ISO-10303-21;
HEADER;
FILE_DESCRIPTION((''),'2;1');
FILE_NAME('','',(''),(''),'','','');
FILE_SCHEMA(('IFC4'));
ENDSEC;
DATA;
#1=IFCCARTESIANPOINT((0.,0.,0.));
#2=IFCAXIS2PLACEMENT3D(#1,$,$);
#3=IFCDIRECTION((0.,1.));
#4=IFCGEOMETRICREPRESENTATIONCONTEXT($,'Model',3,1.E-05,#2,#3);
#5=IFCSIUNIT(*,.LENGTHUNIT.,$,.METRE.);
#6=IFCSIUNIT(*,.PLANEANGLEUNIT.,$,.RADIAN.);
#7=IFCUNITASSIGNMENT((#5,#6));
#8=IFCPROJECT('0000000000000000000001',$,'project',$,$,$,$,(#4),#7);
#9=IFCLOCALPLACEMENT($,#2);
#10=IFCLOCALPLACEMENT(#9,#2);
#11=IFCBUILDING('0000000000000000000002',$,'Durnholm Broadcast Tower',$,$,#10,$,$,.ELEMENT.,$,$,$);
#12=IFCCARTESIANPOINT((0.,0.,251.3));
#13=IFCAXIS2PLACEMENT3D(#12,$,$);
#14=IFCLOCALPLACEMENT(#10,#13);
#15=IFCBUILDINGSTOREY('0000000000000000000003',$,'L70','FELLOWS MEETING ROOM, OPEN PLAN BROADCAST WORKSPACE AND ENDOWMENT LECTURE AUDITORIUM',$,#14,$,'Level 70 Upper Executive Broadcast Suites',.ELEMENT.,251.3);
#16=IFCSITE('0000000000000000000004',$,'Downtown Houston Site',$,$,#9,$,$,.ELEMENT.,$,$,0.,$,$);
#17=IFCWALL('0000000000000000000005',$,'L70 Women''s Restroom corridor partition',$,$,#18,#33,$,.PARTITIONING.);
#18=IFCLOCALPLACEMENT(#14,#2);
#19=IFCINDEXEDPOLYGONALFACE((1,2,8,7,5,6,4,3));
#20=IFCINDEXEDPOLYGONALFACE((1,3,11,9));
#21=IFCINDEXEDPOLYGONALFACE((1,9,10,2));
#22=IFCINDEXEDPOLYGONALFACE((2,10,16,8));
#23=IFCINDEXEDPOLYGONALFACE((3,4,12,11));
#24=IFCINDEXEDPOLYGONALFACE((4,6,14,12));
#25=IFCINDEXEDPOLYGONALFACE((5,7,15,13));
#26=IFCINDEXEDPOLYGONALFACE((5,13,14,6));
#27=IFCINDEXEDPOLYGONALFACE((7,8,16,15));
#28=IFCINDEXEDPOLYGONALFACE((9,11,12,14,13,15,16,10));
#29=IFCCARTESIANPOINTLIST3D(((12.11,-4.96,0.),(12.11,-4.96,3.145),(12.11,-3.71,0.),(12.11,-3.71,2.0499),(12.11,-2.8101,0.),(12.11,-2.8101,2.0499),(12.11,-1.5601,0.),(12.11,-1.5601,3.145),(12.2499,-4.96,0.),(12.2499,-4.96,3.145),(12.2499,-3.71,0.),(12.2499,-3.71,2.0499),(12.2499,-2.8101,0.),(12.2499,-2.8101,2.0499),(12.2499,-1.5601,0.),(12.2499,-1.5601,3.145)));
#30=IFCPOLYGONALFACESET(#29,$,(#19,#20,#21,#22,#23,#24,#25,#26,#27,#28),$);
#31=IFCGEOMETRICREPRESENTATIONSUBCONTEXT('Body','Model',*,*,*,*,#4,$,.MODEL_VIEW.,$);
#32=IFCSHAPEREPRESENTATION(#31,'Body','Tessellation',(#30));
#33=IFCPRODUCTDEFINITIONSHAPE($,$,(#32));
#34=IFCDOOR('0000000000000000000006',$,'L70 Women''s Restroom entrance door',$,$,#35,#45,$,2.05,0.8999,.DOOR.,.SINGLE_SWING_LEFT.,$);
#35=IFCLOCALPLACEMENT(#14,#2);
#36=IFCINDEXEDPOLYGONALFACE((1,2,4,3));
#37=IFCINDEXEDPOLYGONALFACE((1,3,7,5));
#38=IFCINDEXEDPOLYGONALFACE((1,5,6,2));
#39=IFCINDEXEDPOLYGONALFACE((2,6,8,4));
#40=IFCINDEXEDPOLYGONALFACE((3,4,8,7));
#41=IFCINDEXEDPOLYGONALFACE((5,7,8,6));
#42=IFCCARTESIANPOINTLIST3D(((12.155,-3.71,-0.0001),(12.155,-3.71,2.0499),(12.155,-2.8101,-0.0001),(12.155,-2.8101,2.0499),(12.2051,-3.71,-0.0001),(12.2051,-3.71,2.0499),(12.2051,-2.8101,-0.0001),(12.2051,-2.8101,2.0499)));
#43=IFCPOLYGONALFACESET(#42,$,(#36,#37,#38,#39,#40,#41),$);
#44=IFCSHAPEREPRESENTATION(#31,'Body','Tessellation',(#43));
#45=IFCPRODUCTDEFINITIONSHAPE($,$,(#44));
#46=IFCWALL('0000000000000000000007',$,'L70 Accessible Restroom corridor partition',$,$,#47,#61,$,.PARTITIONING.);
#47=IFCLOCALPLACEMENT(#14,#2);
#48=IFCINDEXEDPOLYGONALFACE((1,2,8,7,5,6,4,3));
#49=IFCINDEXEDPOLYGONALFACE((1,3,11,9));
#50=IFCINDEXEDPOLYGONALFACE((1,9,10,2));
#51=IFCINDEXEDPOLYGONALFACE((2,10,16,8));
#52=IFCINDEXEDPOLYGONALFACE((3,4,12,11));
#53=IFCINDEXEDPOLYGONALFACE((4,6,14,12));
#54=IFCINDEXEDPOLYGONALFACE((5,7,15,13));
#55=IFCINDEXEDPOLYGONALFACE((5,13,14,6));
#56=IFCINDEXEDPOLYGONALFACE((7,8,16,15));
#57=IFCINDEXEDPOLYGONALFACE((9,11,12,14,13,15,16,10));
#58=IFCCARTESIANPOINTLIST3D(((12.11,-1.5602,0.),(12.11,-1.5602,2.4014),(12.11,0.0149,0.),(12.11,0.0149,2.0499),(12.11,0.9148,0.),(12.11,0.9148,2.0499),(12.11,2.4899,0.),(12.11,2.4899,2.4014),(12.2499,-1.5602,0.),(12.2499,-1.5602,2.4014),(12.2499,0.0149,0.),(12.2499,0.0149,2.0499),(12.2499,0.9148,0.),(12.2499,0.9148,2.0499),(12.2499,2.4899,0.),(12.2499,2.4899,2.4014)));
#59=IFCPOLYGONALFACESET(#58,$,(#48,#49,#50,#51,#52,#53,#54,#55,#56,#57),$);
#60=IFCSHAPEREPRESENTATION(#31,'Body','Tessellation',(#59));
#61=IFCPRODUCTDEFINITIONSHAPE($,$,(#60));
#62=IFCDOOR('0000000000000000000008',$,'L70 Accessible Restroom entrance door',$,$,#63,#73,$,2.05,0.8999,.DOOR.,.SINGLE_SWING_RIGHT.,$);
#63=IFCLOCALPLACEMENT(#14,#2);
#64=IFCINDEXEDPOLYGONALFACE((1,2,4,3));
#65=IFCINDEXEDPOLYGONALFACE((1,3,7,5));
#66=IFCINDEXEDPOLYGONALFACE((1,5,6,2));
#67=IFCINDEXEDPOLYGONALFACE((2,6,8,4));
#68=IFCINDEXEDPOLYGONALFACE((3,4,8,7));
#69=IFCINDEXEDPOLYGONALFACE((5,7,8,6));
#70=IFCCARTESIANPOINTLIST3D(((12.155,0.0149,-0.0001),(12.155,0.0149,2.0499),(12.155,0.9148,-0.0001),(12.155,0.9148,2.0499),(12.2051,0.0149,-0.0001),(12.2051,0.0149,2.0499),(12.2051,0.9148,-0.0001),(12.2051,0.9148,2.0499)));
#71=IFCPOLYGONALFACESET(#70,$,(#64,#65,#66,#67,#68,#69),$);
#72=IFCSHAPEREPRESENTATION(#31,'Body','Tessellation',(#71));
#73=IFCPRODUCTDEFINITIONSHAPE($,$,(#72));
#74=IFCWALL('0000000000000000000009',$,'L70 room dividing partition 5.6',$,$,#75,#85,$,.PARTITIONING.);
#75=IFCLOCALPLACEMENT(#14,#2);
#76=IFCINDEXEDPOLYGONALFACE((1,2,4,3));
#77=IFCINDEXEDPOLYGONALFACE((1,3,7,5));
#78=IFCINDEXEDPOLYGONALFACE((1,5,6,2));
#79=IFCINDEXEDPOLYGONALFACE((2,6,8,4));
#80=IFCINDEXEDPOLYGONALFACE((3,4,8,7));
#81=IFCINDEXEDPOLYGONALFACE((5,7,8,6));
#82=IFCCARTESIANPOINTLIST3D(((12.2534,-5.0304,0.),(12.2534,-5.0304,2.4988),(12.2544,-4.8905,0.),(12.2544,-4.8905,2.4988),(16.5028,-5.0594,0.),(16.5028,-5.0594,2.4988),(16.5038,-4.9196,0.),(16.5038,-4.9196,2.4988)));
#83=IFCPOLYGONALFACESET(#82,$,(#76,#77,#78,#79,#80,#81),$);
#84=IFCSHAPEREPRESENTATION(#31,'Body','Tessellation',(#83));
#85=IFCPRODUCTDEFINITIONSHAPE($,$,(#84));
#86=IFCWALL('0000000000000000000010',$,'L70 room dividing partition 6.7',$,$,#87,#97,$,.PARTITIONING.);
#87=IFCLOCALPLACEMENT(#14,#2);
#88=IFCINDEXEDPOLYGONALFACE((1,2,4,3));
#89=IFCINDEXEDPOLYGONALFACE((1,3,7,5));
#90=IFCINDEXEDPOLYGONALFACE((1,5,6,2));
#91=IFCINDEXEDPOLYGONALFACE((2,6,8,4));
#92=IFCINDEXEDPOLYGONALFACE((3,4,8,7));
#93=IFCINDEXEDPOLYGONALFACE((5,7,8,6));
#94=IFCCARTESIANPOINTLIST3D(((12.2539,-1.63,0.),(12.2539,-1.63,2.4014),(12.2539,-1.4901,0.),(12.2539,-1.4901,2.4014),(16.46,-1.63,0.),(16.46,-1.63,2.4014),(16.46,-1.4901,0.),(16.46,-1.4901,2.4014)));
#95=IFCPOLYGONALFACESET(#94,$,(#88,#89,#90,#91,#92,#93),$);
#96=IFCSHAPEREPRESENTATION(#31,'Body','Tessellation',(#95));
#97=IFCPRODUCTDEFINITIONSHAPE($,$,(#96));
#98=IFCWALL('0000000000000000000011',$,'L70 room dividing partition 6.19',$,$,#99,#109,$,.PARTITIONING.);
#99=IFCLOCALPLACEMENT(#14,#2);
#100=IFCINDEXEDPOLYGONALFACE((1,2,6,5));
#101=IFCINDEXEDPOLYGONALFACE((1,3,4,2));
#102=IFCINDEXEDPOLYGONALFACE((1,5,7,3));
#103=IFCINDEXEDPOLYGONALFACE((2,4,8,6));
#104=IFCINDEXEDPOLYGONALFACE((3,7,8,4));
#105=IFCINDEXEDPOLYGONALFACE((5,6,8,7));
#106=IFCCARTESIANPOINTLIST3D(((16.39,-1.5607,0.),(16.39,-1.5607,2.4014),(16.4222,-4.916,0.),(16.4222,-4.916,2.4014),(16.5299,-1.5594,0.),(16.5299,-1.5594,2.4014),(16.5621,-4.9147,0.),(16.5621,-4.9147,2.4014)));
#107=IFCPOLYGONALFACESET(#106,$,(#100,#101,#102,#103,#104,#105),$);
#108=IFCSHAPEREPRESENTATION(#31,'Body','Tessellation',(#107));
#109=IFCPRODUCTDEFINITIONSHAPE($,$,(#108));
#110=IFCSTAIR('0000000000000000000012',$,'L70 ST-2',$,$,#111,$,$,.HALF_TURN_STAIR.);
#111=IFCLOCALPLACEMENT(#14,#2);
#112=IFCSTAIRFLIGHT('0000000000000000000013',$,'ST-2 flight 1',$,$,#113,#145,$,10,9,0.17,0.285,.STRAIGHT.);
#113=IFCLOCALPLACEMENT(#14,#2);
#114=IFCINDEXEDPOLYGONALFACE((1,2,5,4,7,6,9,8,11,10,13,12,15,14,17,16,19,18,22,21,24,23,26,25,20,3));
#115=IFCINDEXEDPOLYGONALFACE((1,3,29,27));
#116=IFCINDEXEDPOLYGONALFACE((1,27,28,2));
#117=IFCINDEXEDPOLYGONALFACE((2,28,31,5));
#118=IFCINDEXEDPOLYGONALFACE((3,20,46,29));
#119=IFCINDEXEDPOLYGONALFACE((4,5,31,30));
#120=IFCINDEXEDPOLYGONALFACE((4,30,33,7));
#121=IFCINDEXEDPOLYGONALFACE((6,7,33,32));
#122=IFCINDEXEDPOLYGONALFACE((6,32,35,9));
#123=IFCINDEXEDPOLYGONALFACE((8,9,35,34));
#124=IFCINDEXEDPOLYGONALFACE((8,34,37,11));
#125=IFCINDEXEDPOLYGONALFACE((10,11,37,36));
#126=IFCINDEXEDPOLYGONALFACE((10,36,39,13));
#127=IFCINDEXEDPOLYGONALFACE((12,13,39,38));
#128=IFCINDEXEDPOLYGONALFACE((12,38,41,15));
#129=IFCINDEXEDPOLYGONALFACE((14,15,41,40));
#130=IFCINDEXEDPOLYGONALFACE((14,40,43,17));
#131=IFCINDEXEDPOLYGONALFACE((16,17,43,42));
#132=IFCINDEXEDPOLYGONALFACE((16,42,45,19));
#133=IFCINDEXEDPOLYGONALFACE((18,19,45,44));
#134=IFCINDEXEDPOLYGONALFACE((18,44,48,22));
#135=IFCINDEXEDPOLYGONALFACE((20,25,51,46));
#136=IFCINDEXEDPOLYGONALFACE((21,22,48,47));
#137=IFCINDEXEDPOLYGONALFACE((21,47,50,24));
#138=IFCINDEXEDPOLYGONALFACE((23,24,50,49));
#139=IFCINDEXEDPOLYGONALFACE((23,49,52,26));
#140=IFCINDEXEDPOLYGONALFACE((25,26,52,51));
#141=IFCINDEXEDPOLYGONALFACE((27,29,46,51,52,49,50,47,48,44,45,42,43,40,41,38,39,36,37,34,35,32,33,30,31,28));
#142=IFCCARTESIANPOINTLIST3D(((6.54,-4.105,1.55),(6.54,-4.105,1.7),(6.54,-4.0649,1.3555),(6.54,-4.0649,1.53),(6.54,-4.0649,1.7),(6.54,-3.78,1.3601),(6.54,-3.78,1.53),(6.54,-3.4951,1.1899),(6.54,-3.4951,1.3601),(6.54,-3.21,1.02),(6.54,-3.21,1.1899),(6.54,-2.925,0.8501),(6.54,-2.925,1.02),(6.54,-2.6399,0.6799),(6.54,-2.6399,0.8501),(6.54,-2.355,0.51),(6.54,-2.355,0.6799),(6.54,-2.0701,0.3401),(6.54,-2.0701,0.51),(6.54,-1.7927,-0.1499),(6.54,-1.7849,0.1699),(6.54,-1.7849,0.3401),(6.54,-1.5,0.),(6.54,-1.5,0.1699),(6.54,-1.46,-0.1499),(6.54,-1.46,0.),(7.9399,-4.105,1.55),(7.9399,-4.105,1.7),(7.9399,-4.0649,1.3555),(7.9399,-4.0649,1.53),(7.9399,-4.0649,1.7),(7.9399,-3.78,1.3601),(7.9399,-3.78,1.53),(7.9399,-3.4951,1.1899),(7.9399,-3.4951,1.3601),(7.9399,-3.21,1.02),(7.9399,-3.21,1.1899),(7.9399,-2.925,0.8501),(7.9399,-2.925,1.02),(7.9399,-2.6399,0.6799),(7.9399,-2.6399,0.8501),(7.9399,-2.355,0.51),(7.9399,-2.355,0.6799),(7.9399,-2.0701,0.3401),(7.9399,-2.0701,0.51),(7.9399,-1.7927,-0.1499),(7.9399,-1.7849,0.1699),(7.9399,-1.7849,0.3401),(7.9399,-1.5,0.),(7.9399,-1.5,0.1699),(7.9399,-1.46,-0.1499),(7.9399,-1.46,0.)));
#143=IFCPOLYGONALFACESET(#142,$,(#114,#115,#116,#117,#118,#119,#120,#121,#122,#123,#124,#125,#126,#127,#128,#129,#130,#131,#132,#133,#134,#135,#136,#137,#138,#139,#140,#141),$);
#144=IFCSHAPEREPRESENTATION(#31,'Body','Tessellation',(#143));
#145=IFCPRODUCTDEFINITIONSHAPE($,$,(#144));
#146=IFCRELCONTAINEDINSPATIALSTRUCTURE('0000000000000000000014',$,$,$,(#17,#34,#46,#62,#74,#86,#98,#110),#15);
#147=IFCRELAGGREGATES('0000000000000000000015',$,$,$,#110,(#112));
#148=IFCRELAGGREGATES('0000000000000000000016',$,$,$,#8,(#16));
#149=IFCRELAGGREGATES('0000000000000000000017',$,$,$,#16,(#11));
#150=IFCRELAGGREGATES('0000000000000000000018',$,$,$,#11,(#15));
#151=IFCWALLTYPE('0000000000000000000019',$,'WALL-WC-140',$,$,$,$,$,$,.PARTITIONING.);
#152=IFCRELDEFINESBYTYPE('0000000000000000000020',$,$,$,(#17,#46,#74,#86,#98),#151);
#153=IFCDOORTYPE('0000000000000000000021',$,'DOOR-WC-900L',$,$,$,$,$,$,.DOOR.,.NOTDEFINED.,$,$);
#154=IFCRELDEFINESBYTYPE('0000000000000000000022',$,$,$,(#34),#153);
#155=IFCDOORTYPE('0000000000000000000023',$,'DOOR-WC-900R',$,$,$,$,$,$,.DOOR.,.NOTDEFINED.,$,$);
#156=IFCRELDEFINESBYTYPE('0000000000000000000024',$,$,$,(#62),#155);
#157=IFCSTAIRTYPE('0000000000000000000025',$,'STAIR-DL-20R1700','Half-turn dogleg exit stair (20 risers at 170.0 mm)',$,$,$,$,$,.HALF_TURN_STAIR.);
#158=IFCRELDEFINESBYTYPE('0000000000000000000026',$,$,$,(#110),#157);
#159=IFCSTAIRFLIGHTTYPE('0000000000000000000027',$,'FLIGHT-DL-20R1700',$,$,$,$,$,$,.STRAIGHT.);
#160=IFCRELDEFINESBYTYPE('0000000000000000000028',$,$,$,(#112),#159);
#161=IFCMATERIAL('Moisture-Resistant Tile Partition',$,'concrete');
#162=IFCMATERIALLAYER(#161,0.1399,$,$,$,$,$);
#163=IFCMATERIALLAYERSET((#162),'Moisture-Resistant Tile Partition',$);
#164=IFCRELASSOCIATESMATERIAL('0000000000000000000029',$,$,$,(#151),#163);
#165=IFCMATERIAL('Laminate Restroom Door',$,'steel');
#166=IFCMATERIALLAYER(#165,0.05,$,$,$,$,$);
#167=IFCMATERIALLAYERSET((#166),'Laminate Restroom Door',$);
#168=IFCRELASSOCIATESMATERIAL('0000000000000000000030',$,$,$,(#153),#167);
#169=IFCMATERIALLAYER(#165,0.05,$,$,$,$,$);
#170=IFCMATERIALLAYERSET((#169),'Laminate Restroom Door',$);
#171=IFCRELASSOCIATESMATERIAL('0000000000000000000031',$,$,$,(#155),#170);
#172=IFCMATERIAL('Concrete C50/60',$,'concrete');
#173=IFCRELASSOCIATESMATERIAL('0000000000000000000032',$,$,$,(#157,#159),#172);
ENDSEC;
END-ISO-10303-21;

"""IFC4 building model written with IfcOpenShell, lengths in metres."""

from ifc_helpers import new_model, si_unit, direction, frame, frame_2d, origin, place, context, subcontext, project, spatial, polyline, rectangle, outline, extrude, source, transform, mapped, material, layer, layer_set, type_object, type_shapes, element, fill, aggregate, save


model = new_model("IFC4")

# Units and contexts
model_context = context("Model", 3, precision=1e-05, world=origin(), true_north=direction((0.0, 1.0)))
body_context = subcontext(model_context, "Body", "Model", "MODEL_VIEW")
ifc_project = project(units=[si_unit("LENGTHUNIT", "METRE"), si_unit("PLANEANGLEUNIT", "RADIAN")], contexts=[model_context])

# Site, building, storey
site_placement = place(None, origin())
site = spatial("IfcSite", under=ifc_project, at=site_placement, Name="Downtown Houston Site", CompositionType="ELEMENT", RefElevation=0.0)
building_placement = place(site_placement, origin())
building = spatial("IfcBuilding", under=site, at=building_placement, Name="Durnholm Broadcast Tower", CompositionType="ELEMENT")
storey_placement = place(building_placement, frame((0.0, 0.0, 251.3)))
storey = spatial("IfcBuildingStorey", under=building, at=storey_placement, Name="L70", Description="FELLOWS MEETING ROOM, OPEN PLAN BROADCAST WORKSPACE AND ENDOWMENT LECTURE AUDITORIUM", LongName="Level 70 Upper Executive Broadcast Suites", CompositionType="ELEMENT", Elevation=251.3)

# Shared definitions
ifc_material_1 = material(Name="Concrete C50/60", Category="concrete")

# Walls, openings, doors
ifc_material_2 = material(Name="Moisture-Resistant Tile Partition", Category="concrete")
ifc_layer_1 = layer(ifc_material_2, 0.1399)
ifc_layer_set_1 = layer_set([ifc_layer_1], Name="Moisture-Resistant Tile Partition")
wall_type_1 = type_object("IfcWallType", Name="WALL-WC-140", PredefinedType="PARTITIONING", material=ifc_layer_set_1)
wall_1_placement = place(storey_placement, frame((12.1799, -4.96, 0.0), z_axis=(0.0, 0.0, 1.0), x_axis=(0.0, 1.0, 0.0)))
wall_1 = element("IfcWall", 1, at=wall_1_placement, inside=storey, type_object=wall_type_1, Name="L70 Women's Restroom corridor partition", PredefinedType="PARTITIONING", context=body_context, shape_type="SweptSolid", body=[
    extrude(rectangle(XDim=3.3999, YDim=0.1399, at=frame_2d((1.7, 0.0))), origin(), (0.0, 0.0, 1.0), 3.145),
])
opening_1_placement = place(wall_1_placement, frame((1.25, 0.0, 0.0)))
opening_1 = element("IfcOpeningElement", 2, at=opening_1_placement, cuts=wall_1, PredefinedType="OPENING", context=body_context, shape_type="SweptSolid", body=[
    extrude(rectangle(XDim=0.8999, YDim=2.05, at=frame_2d((0.45, 1.0249))), frame((0.0, 0.0801, 0.0), z_axis=(0.0, -1.0, 0.0), x_axis=(1.0, 0.0, 0.0)), (0.0, 0.0, 1.0), 0.1599),
])
ifc_material_3 = material(Name="Laminate Restroom Door", Category="steel")
ifc_layer_2 = layer(ifc_material_3, 0.05)
ifc_layer_set_2 = layer_set([ifc_layer_2], Name="Laminate Restroom Door")
door_type_1 = type_object("IfcDoorType", Name="DOOR-WC-900L", OperationType="NOTDEFINED", PredefinedType="DOOR", material=ifc_layer_set_2)
shared_shape_1 = source(origin(), body_context, "Body", "SweptSolid", [
    extrude(rectangle(XDim=0.8999, YDim=2.05, at=frame_2d((0.45, 1.0249))), frame((0.0, 0.0249, 0.0), z_axis=(0.0, -1.0, 0.0), x_axis=(1.0, 0.0, 0.0)), (0.0, 0.0, 1.0), 0.05),
])
type_shapes(door_type_1, [shared_shape_1])
door_1_placement = place(opening_1_placement, origin())
door_1 = element("IfcDoor", 3, at=door_1_placement, inside=storey, type_object=door_type_1, Name="L70 Women's Restroom entrance door", OperationType="SINGLE_SWING_LEFT", OverallHeight=2.05, OverallWidth=0.8999, PredefinedType="DOOR", context=body_context, shape_type="MappedRepresentation", body=[
    mapped(shared_shape_1, transform((0.0, 0.0, 0.0), x_axis=(1.0, 0.0, 0.0), y_axis=(0.0, 1.0, 0.0), z_axis=(0.0, 0.0, 1.0), scale=1.0)),
])
fill(opening_1, door_1)
wall_2_placement = place(storey_placement, frame((12.1799, -1.5601, 0.0), z_axis=(0.0, 0.0, 1.0), x_axis=(0.0, 1.0, 0.0)))
wall_2 = element("IfcWall", 4, at=wall_2_placement, inside=storey, type_object=wall_type_1, Name="L70 Accessible Restroom corridor partition", PredefinedType="PARTITIONING", context=body_context, shape_type="SweptSolid", body=[
    extrude(rectangle(XDim=4.05, YDim=0.1399, at=frame_2d((2.0249, 0.0))), origin(), (0.0, 0.0, 1.0), 2.4014),
])
opening_2_placement = place(wall_2_placement, frame((1.575, 0.0, 0.0)))
opening_2 = element("IfcOpeningElement", 5, at=opening_2_placement, cuts=wall_2, PredefinedType="OPENING", context=body_context, shape_type="SweptSolid", body=[
    extrude(rectangle(XDim=0.8999, YDim=2.05, at=frame_2d((0.45, 1.0249))), frame((0.0, 0.0801, 0.0), z_axis=(0.0, -1.0, 0.0), x_axis=(1.0, 0.0, 0.0)), (0.0, 0.0, 1.0), 0.1599),
])
ifc_layer_3 = layer(ifc_material_3, 0.05)
ifc_layer_set_3 = layer_set([ifc_layer_3], Name="Laminate Restroom Door")
door_type_2 = type_object("IfcDoorType", Name="DOOR-WC-900R", OperationType="NOTDEFINED", PredefinedType="DOOR", material=ifc_layer_set_3)
shared_shape_2 = source(origin(), body_context, "Body", "SweptSolid", [
    extrude(rectangle(XDim=0.8999, YDim=2.05, at=frame_2d((0.45, 1.0249))), frame((0.0, 0.0249, 0.0), z_axis=(0.0, -1.0, 0.0), x_axis=(1.0, 0.0, 0.0)), (0.0, 0.0, 1.0), 0.05),
])
type_shapes(door_type_2, [shared_shape_2])
door_2_placement = place(opening_2_placement, origin())
door_2 = element("IfcDoor", 6, at=door_2_placement, inside=storey, type_object=door_type_2, Name="L70 Accessible Restroom entrance door", OperationType="SINGLE_SWING_RIGHT", OverallHeight=2.05, OverallWidth=0.8999, PredefinedType="DOOR", context=body_context, shape_type="MappedRepresentation", body=[
    mapped(shared_shape_2, transform((0.0, 0.0, 0.0), x_axis=(1.0, 0.0, 0.0), y_axis=(0.0, 1.0, 0.0), z_axis=(0.0, 0.0, 1.0), scale=1.0)),
])
fill(opening_2, door_2)

# Walls
wall_3_placement = place(storey_placement, frame((12.2539, -4.9604, 0.0), z_axis=(0.0, 0.0, 1.0), x_axis=(0.999977, -0.006837, 0.0)))
element("IfcWall", 7, at=wall_3_placement, inside=storey, type_object=wall_type_1, Name="L70 room dividing partition 5.6", PredefinedType="PARTITIONING", context=body_context, shape_type="SweptSolid", body=[
    extrude(rectangle(XDim=4.2495, YDim=0.1399, at=frame_2d((2.1248, 0.0))), origin(), (0.0, 0.0, 1.0), 2.4988),
])
wall_4_placement = place(storey_placement, frame((12.2539, -1.5601, 0.0), z_axis=(0.0, 0.0, 1.0), x_axis=(1.0, 0.0, 0.0)))
element("IfcWall", 8, at=wall_4_placement, inside=storey, type_object=wall_type_1, Name="L70 room dividing partition 6.7", PredefinedType="PARTITIONING", context=body_context, shape_type="SweptSolid", body=[
    extrude(rectangle(XDim=4.2061, YDim=0.1399, at=frame_2d((2.103, 0.0))), origin(), (0.0, 0.0, 1.0), 2.4014),
])
wall_5_placement = place(storey_placement, frame((16.46, -1.5601, 0.0), z_axis=(0.0, 0.0, 1.0), x_axis=(0.009604, -0.999954, 0.0)))
element("IfcWall", 9, at=wall_5_placement, inside=storey, type_object=wall_type_1, Name="L70 room dividing partition 6.19", PredefinedType="PARTITIONING", context=body_context, shape_type="SweptSolid", body=[
    extrude(rectangle(XDim=3.3555, YDim=0.1399, at=frame_2d((1.6777, 0.0))), origin(), (0.0, 0.0, 1.0), 2.4014),
])

# Stair, stair flight
stair_type = type_object("IfcStairType", Name="STAIR-DL-20R1700", Description="Half-turn dogleg exit stair (20 risers at 170.0 mm)", PredefinedType="HALF_TURN_STAIR", material=ifc_material_1)
stair_placement = place(storey_placement, origin())
stair = element("IfcStair", 10, at=stair_placement, inside=storey, type_object=stair_type, Name="L70 ST-2", PredefinedType="HALF_TURN_STAIR")
stair_flight_type = type_object("IfcStairFlightType", Name="FLIGHT-DL-20R1700", PredefinedType="STRAIGHT", material=ifc_material_1)
stair_flight_1_placement = place(storey_placement, frame((7.24, -1.5, 0.0), z_axis=(0.0, 0.0, 1.0), x_axis=(0.0, -1.0, 0.0)))
stair_flight_1 = element("IfcStairFlight", 11, at=stair_flight_1_placement, type_object=stair_flight_type, Name="ST-2 flight 1", NumberOfRisers=10, NumberOfTreads=9, PredefinedType="STRAIGHT", RiserHeight=0.17, TreadLength=0.285, context=body_context, shape_type="SweptSolid", body=[
    extrude(outline(polyline([(-0.04, -0.1499), (-0.04, 0.0), (0.0, 0.0), (0.0, 0.1699), (0.2849, 0.1699), (0.2849, 0.3401), (0.5701, 0.3401), (0.5701, 0.51), (0.855, 0.51), (0.855, 0.6799), (1.1399, 0.6799), (1.1399, 0.8501), (1.425, 0.8501), (1.425, 1.02), (1.71, 1.02), (1.71, 1.1899), (1.9951, 1.1899), (1.9951, 1.3601), (2.28, 1.3601), (2.28, 1.53), (2.5649, 1.53), (2.5649, 1.7), (2.605, 1.7), (2.605, 1.55), (2.5649, 1.3555), (0.2927, -0.1499), (-0.04, -0.1499)])), frame((0.0, 0.7, 0.0), z_axis=(0.0, -1.0, 0.0), x_axis=(1.0, 0.0, 0.0)), (0.0, 0.0, 1.0), 1.3999),
])
aggregate(stair, [stair_flight_1])

save(model, "model.ifc")
